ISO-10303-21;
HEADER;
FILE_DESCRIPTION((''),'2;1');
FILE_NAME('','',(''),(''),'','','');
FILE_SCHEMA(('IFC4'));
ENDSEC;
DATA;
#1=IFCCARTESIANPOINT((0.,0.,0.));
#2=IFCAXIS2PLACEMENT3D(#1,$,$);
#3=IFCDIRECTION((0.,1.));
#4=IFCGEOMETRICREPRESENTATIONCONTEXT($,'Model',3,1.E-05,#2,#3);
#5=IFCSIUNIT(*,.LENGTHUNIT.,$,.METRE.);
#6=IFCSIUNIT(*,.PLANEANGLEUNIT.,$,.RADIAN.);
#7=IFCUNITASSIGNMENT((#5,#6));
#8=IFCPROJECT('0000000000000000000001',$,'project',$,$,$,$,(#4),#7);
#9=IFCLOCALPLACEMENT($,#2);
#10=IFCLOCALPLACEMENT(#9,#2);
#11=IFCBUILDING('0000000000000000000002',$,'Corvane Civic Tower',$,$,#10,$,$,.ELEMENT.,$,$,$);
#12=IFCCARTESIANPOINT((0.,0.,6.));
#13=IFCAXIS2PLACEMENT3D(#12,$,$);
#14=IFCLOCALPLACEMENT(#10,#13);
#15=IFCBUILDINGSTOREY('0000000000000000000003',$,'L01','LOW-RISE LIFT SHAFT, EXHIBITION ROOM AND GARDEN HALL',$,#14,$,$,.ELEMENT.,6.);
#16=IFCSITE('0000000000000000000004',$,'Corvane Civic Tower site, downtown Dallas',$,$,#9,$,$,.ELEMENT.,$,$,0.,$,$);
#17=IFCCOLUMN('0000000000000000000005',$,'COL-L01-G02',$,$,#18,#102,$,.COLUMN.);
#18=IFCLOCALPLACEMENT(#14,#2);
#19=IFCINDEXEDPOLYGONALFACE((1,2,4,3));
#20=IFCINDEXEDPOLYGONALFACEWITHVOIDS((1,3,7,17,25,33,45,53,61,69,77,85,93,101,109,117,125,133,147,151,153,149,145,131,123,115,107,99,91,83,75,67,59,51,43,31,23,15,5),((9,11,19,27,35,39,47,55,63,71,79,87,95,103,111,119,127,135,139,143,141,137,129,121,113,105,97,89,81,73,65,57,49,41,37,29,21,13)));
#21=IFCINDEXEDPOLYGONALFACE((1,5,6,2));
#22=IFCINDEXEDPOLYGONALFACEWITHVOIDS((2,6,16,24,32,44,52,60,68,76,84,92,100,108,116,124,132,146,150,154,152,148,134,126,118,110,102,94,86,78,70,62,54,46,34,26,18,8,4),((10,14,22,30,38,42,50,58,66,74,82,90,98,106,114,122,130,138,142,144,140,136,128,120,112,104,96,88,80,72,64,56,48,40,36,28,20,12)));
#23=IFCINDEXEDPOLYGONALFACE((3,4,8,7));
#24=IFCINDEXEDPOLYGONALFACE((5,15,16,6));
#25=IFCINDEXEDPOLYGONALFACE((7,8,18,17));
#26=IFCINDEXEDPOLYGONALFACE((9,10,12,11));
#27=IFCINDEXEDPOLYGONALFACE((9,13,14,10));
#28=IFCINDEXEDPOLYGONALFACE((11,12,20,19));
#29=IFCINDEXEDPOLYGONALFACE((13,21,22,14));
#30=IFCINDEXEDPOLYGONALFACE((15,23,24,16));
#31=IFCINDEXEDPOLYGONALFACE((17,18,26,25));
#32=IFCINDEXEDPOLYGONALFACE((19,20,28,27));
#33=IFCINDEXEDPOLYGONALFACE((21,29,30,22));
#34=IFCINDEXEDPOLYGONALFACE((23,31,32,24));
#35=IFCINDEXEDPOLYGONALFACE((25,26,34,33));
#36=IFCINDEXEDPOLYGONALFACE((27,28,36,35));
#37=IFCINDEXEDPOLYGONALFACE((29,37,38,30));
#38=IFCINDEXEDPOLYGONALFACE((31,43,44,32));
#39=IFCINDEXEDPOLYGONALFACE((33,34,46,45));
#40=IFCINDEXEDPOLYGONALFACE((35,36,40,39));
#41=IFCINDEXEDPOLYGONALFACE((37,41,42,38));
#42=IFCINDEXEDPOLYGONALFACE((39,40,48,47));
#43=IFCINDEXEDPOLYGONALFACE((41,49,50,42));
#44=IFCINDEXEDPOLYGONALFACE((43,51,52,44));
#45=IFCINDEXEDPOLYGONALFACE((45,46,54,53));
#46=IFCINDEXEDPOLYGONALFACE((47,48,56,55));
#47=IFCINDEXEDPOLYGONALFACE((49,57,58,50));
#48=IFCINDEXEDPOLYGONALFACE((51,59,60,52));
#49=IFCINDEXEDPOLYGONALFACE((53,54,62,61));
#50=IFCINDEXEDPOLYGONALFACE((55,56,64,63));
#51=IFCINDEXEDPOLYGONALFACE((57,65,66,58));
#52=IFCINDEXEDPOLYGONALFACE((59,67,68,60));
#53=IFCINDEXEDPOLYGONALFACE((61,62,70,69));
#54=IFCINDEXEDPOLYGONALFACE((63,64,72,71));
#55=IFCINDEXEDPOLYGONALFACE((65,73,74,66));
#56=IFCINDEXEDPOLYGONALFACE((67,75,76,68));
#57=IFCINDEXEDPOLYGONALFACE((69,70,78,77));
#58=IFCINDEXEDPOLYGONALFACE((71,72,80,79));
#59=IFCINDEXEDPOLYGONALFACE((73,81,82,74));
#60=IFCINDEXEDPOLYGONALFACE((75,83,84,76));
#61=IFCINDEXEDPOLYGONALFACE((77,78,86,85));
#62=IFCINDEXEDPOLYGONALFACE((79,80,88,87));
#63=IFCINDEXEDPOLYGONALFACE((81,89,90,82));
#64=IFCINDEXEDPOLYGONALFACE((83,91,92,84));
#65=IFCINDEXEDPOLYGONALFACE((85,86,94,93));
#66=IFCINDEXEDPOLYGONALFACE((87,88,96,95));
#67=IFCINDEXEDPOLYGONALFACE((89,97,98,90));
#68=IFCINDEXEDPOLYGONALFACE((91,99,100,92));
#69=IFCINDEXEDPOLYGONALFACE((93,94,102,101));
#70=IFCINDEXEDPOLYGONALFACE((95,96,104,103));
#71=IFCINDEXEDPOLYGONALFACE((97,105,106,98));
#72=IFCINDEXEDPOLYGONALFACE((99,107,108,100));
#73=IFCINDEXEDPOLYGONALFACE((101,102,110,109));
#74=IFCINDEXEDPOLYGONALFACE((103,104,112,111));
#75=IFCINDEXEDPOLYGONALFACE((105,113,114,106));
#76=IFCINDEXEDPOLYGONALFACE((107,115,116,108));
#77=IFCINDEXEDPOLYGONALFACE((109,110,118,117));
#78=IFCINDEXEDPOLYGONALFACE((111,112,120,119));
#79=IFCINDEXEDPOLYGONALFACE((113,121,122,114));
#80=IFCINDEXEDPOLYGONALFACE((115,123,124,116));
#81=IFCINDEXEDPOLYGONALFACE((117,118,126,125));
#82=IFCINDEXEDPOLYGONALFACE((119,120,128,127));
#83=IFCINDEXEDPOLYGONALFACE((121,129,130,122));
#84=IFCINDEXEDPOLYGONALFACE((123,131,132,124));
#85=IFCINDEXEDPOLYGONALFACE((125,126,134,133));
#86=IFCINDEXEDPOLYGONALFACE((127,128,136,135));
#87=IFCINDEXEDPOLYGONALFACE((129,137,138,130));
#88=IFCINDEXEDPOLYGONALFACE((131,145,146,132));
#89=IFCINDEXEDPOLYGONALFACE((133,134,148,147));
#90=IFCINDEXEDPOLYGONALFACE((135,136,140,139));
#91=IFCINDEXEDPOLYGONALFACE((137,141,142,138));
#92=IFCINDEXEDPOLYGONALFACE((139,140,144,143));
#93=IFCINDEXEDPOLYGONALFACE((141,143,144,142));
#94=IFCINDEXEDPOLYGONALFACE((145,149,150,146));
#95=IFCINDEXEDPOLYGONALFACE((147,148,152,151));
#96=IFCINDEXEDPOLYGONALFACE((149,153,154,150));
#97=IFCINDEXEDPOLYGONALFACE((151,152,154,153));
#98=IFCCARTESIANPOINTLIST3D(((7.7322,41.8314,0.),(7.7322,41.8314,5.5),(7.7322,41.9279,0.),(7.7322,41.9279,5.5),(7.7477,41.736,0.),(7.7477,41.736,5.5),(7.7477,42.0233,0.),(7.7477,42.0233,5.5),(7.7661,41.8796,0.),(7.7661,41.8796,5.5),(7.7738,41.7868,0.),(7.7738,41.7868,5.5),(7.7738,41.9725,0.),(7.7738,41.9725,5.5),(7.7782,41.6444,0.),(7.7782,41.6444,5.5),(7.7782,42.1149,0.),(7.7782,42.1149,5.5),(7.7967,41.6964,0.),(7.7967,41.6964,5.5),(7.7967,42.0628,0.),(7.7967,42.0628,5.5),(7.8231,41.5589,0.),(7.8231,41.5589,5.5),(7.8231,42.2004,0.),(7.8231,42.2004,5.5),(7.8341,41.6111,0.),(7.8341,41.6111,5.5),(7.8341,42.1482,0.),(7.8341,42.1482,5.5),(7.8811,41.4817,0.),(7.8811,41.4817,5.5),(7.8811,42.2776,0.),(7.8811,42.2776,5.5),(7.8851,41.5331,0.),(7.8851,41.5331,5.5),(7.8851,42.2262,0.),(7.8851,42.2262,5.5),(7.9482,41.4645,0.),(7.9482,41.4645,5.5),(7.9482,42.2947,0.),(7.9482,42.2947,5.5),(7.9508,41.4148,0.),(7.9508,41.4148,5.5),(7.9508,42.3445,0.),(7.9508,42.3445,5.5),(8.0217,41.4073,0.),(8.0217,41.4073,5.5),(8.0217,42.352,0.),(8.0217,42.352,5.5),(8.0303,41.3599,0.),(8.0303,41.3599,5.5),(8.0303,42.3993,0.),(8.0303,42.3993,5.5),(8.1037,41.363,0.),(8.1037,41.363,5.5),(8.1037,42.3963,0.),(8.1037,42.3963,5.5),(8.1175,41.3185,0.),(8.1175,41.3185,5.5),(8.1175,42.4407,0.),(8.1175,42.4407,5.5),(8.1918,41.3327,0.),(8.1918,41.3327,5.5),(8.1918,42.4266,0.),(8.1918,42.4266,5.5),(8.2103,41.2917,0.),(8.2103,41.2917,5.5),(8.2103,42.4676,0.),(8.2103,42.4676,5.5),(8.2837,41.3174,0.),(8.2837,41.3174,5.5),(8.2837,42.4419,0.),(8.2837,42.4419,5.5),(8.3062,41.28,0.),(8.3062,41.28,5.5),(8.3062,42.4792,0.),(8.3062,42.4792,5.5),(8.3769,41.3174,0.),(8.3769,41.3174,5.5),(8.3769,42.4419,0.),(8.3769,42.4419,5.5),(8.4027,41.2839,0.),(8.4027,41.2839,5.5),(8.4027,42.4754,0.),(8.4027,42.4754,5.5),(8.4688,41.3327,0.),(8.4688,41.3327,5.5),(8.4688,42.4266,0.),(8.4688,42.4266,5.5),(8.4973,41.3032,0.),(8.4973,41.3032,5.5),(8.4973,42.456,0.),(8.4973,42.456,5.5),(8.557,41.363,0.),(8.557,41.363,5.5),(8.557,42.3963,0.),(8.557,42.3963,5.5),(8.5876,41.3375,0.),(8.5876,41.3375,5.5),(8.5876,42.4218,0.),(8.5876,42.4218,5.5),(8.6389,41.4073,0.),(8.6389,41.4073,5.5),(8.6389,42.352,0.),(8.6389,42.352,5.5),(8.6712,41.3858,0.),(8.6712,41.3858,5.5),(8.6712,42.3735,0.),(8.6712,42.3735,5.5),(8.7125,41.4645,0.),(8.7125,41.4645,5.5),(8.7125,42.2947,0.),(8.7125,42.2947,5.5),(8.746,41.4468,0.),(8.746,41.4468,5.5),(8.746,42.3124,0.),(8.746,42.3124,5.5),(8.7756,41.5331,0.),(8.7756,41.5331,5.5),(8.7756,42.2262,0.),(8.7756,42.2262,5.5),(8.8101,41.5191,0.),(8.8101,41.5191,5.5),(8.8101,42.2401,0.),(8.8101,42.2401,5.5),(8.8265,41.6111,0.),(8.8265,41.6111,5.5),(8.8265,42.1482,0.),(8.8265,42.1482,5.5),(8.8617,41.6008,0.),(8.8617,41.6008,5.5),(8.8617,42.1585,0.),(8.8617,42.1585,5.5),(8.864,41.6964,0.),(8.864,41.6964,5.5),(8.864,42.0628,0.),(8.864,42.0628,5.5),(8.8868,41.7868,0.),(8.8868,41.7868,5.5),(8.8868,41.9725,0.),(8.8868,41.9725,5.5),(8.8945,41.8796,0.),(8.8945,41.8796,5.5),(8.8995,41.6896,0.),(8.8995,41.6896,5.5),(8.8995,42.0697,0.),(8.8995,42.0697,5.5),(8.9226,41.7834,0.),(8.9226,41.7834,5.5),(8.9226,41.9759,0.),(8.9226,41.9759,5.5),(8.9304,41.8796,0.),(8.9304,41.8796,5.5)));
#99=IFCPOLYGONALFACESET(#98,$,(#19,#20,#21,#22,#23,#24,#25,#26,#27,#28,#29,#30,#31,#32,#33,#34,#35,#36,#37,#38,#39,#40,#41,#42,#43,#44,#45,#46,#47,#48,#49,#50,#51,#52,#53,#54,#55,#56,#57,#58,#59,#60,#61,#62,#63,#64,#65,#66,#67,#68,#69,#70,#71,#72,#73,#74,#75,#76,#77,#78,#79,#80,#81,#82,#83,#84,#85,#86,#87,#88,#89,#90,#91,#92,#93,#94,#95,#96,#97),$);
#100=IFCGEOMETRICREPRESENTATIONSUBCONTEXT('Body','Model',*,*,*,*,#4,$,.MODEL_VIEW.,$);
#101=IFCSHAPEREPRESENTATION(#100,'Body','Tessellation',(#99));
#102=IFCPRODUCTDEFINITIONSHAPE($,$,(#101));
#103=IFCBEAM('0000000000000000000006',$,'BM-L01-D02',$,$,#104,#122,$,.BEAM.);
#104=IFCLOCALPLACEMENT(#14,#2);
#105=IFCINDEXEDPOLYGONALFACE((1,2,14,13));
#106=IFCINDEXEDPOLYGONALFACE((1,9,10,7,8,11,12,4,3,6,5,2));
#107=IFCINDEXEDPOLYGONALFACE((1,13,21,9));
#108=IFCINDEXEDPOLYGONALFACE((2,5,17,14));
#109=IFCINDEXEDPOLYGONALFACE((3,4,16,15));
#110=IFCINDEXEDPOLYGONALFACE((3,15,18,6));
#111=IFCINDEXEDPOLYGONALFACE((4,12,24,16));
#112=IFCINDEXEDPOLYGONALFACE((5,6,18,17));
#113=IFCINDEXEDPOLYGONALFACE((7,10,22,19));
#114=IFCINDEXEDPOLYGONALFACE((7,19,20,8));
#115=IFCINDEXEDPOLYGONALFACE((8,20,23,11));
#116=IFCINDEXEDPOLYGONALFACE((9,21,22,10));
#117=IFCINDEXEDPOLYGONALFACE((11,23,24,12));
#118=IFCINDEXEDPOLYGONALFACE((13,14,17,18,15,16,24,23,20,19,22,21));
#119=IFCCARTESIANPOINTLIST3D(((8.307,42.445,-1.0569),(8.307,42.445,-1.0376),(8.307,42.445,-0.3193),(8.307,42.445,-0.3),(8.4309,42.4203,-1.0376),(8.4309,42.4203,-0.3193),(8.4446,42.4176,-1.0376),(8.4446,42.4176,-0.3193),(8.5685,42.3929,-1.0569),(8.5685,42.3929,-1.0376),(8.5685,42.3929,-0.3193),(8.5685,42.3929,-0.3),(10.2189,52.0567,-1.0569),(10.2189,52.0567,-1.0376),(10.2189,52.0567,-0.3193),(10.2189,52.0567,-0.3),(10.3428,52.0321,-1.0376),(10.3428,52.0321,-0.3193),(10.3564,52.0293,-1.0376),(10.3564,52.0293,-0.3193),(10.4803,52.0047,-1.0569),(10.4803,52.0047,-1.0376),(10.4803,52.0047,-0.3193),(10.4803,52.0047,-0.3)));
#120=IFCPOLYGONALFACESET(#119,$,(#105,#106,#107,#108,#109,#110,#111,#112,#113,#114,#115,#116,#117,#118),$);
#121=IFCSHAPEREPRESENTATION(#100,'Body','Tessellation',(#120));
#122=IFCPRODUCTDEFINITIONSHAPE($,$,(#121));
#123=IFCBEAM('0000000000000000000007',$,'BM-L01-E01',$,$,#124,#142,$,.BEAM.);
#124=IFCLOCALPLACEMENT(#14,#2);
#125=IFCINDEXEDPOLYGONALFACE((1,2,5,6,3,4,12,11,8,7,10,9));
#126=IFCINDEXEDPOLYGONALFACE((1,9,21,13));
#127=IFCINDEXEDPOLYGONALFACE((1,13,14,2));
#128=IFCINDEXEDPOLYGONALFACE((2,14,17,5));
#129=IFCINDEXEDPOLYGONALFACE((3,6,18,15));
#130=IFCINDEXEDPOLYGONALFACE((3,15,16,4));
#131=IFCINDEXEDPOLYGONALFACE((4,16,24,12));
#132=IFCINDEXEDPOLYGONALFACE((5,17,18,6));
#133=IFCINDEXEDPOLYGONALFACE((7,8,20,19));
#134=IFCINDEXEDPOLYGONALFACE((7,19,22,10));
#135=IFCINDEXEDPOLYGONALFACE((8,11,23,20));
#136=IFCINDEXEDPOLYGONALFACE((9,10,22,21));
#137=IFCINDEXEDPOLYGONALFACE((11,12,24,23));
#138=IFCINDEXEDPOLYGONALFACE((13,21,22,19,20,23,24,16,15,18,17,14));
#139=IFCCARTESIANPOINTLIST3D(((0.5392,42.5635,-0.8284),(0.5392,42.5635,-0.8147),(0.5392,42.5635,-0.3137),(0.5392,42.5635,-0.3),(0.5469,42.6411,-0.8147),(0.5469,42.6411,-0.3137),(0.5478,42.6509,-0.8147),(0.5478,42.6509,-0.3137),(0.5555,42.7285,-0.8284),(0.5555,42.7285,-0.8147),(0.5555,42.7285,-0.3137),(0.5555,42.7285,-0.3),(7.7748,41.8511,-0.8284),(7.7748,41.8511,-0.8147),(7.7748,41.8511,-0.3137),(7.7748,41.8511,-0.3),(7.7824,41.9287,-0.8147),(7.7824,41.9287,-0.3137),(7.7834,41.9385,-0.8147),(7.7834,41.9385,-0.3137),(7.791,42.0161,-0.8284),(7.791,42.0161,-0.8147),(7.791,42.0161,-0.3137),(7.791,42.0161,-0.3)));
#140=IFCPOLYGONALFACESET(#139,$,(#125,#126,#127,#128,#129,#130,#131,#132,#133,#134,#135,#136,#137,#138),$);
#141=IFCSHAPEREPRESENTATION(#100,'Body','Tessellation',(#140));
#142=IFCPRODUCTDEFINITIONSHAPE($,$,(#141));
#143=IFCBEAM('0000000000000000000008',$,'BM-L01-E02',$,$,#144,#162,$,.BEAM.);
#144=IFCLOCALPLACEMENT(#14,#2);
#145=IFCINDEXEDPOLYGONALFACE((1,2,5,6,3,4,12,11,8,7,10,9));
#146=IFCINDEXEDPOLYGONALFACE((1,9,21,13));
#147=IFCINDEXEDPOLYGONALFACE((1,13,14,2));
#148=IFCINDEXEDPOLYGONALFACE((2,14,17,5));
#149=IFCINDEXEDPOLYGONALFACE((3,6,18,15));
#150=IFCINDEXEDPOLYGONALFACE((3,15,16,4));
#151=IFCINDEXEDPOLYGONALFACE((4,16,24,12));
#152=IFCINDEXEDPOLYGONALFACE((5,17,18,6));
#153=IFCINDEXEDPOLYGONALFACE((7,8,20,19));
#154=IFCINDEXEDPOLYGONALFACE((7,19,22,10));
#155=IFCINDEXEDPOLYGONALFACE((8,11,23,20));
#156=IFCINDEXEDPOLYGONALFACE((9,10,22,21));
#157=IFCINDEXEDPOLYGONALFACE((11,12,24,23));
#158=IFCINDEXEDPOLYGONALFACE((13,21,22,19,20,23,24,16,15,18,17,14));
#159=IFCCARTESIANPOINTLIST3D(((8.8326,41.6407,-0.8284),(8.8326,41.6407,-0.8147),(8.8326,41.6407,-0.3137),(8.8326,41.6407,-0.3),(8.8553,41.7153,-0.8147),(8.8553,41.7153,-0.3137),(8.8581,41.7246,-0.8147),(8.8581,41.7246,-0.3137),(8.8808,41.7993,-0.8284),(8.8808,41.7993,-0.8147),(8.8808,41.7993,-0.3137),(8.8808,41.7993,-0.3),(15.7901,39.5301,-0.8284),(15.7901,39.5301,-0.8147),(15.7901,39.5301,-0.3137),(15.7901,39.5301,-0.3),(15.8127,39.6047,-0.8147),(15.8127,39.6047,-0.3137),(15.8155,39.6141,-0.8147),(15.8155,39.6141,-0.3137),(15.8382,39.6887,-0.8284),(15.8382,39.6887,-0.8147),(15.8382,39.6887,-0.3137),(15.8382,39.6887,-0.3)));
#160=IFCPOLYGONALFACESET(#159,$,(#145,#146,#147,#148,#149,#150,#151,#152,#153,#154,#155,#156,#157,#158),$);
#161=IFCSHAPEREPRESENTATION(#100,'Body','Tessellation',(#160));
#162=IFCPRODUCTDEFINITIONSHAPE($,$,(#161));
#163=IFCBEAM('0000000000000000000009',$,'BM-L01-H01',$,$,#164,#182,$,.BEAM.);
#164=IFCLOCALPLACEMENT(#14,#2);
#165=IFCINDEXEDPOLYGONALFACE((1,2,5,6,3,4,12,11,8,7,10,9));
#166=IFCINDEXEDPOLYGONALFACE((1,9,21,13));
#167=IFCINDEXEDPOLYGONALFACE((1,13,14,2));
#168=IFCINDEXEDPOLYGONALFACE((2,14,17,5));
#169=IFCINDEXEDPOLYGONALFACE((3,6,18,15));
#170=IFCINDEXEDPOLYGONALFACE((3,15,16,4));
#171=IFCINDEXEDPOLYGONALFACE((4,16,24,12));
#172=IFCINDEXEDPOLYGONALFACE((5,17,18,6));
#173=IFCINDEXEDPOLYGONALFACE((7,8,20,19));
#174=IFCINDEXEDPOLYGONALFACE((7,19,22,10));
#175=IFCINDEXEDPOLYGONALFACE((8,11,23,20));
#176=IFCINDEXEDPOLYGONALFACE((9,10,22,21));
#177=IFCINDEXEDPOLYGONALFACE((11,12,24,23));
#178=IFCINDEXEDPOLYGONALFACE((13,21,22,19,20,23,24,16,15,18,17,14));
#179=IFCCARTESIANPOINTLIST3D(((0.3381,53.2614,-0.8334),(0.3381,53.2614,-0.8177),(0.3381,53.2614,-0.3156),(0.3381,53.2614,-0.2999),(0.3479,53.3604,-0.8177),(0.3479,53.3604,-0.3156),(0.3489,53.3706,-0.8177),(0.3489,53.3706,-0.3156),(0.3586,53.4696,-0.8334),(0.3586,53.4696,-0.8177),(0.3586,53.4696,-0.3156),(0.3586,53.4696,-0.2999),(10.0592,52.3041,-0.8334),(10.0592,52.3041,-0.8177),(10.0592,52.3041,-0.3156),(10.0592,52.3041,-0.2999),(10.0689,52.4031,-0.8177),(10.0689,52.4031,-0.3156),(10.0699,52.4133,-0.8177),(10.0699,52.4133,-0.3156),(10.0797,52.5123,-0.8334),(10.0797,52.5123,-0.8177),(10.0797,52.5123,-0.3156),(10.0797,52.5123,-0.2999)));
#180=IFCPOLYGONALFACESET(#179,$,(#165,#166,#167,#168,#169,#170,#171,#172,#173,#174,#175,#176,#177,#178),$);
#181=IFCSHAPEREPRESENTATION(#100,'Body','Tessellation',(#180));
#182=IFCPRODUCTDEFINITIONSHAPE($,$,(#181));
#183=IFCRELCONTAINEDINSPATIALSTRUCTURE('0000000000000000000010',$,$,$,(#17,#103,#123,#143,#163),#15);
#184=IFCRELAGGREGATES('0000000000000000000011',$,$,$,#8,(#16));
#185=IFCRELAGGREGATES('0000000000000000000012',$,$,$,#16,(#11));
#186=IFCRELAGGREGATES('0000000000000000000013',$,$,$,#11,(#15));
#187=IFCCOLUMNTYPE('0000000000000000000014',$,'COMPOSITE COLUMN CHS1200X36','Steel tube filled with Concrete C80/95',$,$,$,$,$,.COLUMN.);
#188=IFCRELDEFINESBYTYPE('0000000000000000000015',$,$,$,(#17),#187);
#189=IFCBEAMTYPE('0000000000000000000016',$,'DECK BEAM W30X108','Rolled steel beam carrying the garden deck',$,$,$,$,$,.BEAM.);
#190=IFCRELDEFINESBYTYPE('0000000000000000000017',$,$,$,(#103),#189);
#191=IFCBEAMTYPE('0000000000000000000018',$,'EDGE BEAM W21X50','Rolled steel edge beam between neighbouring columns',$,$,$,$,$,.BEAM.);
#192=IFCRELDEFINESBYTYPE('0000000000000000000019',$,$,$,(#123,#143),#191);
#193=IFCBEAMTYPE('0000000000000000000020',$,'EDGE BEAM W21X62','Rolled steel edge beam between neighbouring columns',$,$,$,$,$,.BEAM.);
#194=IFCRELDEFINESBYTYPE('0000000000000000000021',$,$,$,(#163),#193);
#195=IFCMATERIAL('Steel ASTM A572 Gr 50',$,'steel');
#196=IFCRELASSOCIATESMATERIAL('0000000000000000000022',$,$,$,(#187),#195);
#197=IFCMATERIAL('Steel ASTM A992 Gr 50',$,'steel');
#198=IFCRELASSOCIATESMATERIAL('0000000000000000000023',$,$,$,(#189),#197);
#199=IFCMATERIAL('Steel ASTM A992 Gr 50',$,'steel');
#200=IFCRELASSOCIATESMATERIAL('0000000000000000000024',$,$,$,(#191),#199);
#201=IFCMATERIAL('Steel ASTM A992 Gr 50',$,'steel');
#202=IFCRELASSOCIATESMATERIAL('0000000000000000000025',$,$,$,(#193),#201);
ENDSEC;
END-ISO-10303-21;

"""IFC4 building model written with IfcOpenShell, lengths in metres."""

from ifc_helpers import new_model, si_unit, direction, frame, origin, origin_2d, place, context, subcontext, project, spatial, hollow_circle, i_section, extrude, material, material_profile, profile_set, type_object, element, save


model = new_model("IFC4")

# Units and contexts
model_context = context("Model", 3, precision=1e-05, world=origin(), true_north=direction((0.0, 1.0)))
body_context = subcontext(model_context, "Body", "Model", "MODEL_VIEW")
ifc_project = project(units=[si_unit("LENGTHUNIT", "METRE"), si_unit("PLANEANGLEUNIT", "RADIAN")], contexts=[model_context])

# Site, building, storey
site_placement = place(None, origin())
site = spatial("IfcSite", under=ifc_project, at=site_placement, Name="Corvane Civic Tower site, downtown Dallas", CompositionType="ELEMENT", RefElevation=0.0)
building_placement = place(site_placement, origin())
building = spatial("IfcBuilding", under=site, at=building_placement, Name="Corvane Civic Tower", CompositionType="ELEMENT")
storey_placement = place(building_placement, frame((0.0, 0.0, 6.0)))
storey = spatial("IfcBuildingStorey", under=building, at=storey_placement, Name="L01", Description="LOW-RISE LIFT SHAFT, EXHIBITION ROOM AND GARDEN HALL", CompositionType="ELEMENT", Elevation=6.0)

# Column
ifc_material_1 = material(Name="Steel ASTM A572 Gr 50", Category="steel")
ifc_material_profile_1 = material_profile(ifc_material_1, hollow_circle(Radius=0.6001, WallThickness=0.0359, at=origin_2d()), Name="CHS1200X36")
ifc_profile_set_1 = profile_set([ifc_material_profile_1], Name="Steel ASTM A572 Gr 50")
column_type = type_object("IfcColumnType", Name="COMPOSITE COLUMN CHS1200X36", Description="Steel tube filled with Concrete C80/95", PredefinedType="COLUMN", material=ifc_profile_set_1)
column_placement = place(storey_placement, frame((8.3303, 41.8796, 0.0), z_axis=(0.0, 0.0, 1.0), x_axis=(1.0, 0.0, 0.0)))
element("IfcColumn", 1, at=column_placement, inside=storey, type_object=column_type, Name="COL-L01-G02", PredefinedType="COLUMN", context=body_context, shape_type="SweptSolid", body=[
    extrude(hollow_circle(Radius=0.6001, WallThickness=0.0359, at=origin_2d()), origin(), (0.0, 0.0, 1.0), 5.5),
])

# Beams
ifc_material_2 = material(Name="Steel ASTM A992 Gr 50", Category="steel")
ifc_material_profile_2 = material_profile(ifc_material_2, i_section(OverallWidth=0.2666, OverallDepth=0.7568, WebThickness=0.0139, FlangeThickness=0.0193, at=origin_2d()), Name="W30X108")
ifc_profile_set_2 = profile_set([ifc_material_profile_2], Name="Steel ASTM A992 Gr 50")
beam_type_1 = type_object("IfcBeamType", Name="DECK BEAM W30X108", Description="Rolled steel beam carrying the garden deck", PredefinedType="BEAM", material=ifc_profile_set_2)
beam_1_placement = place(storey_placement, frame((8.4377, 42.4189, -0.6785), z_axis=(0.195086, 0.980786, 0.0), x_axis=(-0.980786, 0.195086, 0.0)))
element("IfcBeam", 2, at=beam_1_placement, inside=storey, type_object=beam_type_1, Name="BM-L01-D02", PredefinedType="BEAM", context=body_context, shape_type="SweptSolid", body=[
    extrude(i_section(OverallWidth=0.2666, OverallDepth=0.7568, WebThickness=0.0139, FlangeThickness=0.0193, at=origin_2d()), origin(), (0.0, 0.0, 1.0), 9.8),
])
ifc_material_3 = material(Name="Steel ASTM A992 Gr 50", Category="steel")
ifc_material_profile_3 = material_profile(ifc_material_3, i_section(OverallWidth=0.1658, OverallDepth=0.5283, WebThickness=0.0098, FlangeThickness=0.0137, at=origin_2d()), Name="W21X50")
ifc_profile_set_3 = profile_set([ifc_material_profile_3], Name="Steel ASTM A992 Gr 50")
beam_type_2 = type_object("IfcBeamType", Name="EDGE BEAM W21X50", Description="Rolled steel edge beam between neighbouring columns", PredefinedType="BEAM", material=ifc_profile_set_3)
for number, where, z_axis, x_axis, name in (
    (3, (0.5474, 42.646, -0.5642), (0.995188, -0.097984, 0.0), (0.097984, 0.995188, 0.0), "BM-L01-E01"),
    (4, (8.8567, 41.72, -0.5642), (0.956938, -0.290292, 0.0), (0.290292, 0.956938, 0.0), "BM-L01-E02"),
):
    element("IfcBeam", number, at=place(storey_placement, frame(where, z_axis=z_axis, x_axis=x_axis)), inside=storey, type_object=beam_type_2, Name=name, PredefinedType="BEAM", context=body_context, shape_type="SweptSolid", body=[
        extrude(i_section(OverallWidth=0.1658, OverallDepth=0.5283, WebThickness=0.0098, FlangeThickness=0.0137, at=origin_2d()), origin(), (0.0, 0.0, 1.0), 7.2705),
    ])
ifc_material_4 = material(Name="Steel ASTM A992 Gr 50", Category="steel")
ifc_material_profile_4 = material_profile(ifc_material_4, i_section(OverallWidth=0.2092, OverallDepth=0.5334, WebThickness=0.0103, FlangeThickness=0.0156, at=origin_2d()), Name="W21X62")
ifc_profile_set_4 = profile_set([ifc_material_profile_4], Name="Steel ASTM A992 Gr 50")
beam_type_3 = type_object("IfcBeamType", Name="EDGE BEAM W21X62", Description="Rolled steel edge beam between neighbouring columns", PredefinedType="BEAM", material=ifc_profile_set_4)
beam_2_placement = place(storey_placement, frame((0.3484, 53.3655, -0.5667), z_axis=(0.995186, -0.098001, 0.0), x_axis=(0.098001, 0.995186, 0.0)))
element("IfcBeam", 5, at=beam_2_placement, inside=storey, type_object=beam_type_3, Name="BM-L01-H01", PredefinedType="BEAM", context=body_context, shape_type="SweptSolid", body=[
    extrude(i_section(OverallWidth=0.2092, OverallDepth=0.5334, WebThickness=0.0103, FlangeThickness=0.0156, at=origin_2d()), origin(), (0.0, 0.0, 1.0), 9.7681),
])

save(model, "model.ifc")
